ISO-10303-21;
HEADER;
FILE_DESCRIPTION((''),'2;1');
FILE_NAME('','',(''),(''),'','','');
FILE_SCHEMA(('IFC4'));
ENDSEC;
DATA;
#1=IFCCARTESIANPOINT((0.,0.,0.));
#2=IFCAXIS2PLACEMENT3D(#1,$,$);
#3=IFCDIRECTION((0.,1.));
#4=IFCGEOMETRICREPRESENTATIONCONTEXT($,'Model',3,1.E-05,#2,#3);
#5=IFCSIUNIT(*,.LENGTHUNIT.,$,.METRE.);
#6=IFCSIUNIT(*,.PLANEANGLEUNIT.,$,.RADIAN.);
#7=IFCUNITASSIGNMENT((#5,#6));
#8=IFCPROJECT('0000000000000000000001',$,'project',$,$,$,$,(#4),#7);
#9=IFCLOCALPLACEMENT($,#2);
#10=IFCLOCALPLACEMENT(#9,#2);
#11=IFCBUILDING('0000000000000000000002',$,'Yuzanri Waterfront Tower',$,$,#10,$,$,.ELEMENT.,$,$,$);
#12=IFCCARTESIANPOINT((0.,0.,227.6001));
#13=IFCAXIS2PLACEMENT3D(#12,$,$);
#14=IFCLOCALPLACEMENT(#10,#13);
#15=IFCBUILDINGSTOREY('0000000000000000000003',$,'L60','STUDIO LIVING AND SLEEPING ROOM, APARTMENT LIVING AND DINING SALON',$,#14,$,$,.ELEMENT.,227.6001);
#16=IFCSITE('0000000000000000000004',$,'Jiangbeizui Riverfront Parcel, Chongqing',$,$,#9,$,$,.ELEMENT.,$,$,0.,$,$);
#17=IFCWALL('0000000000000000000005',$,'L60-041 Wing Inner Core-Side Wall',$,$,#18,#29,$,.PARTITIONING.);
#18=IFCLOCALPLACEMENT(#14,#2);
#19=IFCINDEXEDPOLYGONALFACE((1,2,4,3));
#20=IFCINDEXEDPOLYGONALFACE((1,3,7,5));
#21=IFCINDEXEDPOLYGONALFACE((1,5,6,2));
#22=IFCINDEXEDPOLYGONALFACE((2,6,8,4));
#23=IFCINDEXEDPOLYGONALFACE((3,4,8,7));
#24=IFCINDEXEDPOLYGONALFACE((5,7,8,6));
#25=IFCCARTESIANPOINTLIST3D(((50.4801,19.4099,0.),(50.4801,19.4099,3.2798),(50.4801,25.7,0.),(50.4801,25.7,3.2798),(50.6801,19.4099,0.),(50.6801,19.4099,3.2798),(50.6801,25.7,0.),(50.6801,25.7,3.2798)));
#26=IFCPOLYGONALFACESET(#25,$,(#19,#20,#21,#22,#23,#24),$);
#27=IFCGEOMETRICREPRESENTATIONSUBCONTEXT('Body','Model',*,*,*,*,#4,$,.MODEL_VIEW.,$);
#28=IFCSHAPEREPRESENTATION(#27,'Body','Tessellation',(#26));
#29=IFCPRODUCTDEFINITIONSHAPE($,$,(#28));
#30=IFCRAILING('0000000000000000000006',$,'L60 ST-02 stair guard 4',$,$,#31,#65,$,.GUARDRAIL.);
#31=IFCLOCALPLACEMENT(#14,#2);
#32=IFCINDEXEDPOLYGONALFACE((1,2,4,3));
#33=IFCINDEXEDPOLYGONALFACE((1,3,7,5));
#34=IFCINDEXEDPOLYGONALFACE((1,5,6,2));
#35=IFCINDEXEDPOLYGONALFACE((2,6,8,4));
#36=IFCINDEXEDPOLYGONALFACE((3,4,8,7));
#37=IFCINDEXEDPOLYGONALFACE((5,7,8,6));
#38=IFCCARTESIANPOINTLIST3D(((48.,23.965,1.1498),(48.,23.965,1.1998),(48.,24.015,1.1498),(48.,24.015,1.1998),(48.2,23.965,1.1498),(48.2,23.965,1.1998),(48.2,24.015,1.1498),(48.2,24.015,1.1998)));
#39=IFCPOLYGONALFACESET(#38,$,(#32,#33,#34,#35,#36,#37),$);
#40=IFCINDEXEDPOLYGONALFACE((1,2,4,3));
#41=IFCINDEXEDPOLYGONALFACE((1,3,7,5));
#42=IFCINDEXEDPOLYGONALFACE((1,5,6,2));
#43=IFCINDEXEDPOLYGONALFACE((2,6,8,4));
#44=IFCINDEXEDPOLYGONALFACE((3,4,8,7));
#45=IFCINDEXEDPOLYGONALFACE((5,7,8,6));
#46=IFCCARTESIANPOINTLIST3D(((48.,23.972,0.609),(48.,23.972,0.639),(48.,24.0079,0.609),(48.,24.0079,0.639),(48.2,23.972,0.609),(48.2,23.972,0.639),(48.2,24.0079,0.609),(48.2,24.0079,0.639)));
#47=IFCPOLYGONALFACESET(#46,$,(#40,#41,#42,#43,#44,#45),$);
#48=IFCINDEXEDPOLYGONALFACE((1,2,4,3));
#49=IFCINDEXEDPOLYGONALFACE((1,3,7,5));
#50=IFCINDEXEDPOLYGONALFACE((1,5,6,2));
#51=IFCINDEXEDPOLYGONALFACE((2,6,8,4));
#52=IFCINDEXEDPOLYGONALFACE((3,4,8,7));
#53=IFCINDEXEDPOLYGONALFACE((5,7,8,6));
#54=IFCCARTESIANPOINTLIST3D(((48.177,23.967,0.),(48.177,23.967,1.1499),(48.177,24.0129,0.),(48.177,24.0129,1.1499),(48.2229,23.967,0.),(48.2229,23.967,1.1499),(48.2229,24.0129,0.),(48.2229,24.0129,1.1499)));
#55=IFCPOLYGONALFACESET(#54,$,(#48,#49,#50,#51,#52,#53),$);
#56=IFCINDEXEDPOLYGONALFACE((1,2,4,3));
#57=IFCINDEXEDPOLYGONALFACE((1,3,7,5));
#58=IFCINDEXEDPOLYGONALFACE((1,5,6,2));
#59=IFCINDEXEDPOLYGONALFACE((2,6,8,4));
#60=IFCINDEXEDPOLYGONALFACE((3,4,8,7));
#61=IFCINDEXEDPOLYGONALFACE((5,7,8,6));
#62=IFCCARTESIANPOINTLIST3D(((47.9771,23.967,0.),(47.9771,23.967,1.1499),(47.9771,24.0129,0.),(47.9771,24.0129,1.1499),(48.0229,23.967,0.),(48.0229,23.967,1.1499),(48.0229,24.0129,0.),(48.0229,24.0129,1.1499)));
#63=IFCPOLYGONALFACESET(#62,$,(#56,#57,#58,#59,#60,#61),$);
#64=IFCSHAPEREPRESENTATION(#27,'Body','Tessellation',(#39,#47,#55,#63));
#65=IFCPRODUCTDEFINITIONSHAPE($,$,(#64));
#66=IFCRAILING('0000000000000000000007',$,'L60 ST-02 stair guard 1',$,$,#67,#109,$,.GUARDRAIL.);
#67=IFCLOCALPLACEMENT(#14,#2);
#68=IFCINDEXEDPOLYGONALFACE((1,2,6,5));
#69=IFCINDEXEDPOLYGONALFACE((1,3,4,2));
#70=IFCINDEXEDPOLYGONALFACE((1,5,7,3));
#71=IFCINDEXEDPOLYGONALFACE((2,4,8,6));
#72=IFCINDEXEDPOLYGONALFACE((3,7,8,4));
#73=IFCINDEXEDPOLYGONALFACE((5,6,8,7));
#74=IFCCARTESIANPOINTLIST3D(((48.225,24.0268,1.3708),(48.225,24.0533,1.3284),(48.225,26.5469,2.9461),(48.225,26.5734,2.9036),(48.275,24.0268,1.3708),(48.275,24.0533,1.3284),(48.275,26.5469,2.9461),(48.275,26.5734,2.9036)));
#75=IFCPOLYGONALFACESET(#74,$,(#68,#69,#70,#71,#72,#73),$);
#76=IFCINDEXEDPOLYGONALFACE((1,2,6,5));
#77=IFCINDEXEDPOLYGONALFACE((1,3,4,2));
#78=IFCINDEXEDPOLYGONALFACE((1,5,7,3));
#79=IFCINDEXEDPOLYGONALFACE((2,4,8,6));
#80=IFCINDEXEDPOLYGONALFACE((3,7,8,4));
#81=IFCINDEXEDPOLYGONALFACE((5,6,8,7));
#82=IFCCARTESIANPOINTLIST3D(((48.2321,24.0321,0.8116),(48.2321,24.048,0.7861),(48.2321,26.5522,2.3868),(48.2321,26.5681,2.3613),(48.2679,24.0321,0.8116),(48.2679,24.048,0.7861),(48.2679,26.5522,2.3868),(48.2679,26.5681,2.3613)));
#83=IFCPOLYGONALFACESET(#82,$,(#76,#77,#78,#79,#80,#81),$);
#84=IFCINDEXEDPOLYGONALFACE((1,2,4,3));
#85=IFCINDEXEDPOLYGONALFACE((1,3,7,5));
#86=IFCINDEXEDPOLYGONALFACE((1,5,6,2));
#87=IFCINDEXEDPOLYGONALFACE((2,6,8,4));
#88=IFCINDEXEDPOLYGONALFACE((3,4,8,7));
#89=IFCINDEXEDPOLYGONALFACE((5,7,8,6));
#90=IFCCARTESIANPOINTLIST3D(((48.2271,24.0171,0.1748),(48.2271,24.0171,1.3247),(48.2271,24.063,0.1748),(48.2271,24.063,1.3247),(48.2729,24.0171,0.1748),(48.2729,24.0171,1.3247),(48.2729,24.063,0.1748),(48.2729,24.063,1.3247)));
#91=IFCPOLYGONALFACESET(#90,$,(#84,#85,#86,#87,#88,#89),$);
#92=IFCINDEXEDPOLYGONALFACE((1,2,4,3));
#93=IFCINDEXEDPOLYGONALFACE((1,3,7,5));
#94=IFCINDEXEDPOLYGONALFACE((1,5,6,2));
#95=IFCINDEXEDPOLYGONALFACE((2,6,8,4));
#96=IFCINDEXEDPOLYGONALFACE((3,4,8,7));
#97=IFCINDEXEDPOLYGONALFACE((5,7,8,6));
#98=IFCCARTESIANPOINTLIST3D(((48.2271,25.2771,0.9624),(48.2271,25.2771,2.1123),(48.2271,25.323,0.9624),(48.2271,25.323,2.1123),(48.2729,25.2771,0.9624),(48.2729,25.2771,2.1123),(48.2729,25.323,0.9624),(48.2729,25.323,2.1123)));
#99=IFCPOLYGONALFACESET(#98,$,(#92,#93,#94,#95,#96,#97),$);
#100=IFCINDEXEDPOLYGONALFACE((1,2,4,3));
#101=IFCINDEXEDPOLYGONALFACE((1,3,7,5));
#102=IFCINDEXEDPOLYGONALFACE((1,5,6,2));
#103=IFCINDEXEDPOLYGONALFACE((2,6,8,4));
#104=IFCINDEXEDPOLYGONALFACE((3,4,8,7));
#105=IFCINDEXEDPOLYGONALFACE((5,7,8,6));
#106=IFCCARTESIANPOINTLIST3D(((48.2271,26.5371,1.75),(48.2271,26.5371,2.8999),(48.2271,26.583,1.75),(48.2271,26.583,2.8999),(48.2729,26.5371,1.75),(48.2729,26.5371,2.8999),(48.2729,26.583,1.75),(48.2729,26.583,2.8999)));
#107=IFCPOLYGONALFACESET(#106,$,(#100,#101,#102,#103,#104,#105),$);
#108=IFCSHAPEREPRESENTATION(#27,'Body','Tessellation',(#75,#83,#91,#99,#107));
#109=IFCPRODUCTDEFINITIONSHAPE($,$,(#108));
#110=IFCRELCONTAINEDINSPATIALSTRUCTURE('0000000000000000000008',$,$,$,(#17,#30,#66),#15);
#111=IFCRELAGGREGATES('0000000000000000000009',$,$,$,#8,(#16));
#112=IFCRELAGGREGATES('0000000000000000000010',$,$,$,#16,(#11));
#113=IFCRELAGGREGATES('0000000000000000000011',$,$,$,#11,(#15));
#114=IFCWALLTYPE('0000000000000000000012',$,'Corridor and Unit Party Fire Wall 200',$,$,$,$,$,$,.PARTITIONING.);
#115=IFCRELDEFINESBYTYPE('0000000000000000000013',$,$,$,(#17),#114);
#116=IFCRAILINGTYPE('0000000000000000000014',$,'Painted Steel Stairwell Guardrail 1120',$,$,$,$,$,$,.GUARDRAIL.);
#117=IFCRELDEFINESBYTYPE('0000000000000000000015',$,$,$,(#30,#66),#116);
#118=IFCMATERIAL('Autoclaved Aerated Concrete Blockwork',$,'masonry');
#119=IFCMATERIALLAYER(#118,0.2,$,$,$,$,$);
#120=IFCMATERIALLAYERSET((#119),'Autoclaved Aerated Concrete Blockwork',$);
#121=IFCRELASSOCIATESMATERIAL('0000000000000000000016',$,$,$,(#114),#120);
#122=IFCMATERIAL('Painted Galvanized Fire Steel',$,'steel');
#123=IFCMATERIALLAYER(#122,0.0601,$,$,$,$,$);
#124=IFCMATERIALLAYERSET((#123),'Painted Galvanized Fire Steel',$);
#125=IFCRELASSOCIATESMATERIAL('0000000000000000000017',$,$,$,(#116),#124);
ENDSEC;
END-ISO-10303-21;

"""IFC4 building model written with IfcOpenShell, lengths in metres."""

from ifc_helpers import new_model, si_unit, direction, frame, frame_2d, origin, origin_2d, place, context, subcontext, project, spatial, rectangle, extrude, source, transform, mapped, material, layer, layer_set, type_object, element, save


model = new_model("IFC4")

# Units and contexts
model_context = context("Model", 3, precision=1e-05, world=origin(), true_north=direction((0.0, 1.0)))
body_context = subcontext(model_context, "Body", "Model", "MODEL_VIEW")
ifc_project = project(units=[si_unit("LENGTHUNIT", "METRE"), si_unit("PLANEANGLEUNIT", "RADIAN")], contexts=[model_context])

# Site, building, storey
site_placement = place(None, origin())
site = spatial("IfcSite", under=ifc_project, at=site_placement, Name="Jiangbeizui Riverfront Parcel, Chongqing", CompositionType="ELEMENT", RefElevation=0.0)
building_placement = place(site_placement, origin())
building = spatial("IfcBuilding", under=site, at=building_placement, Name="Yuzanri Waterfront Tower", CompositionType="ELEMENT")
storey_placement = place(building_placement, frame((0.0, 0.0, 227.6001)))
storey = spatial("IfcBuildingStorey", under=building, at=storey_placement, Name="L60", Description="STUDIO LIVING AND SLEEPING ROOM, APARTMENT LIVING AND DINING SALON", CompositionType="ELEMENT", Elevation=227.6001)

# Shared definitions
ifc_material_1 = material(Name="Autoclaved Aerated Concrete Blockwork", Category="masonry")
ifc_layer_1 = layer(ifc_material_1, 0.2)
ifc_layer_set_1 = layer_set([ifc_layer_1], Name="Autoclaved Aerated Concrete Blockwork")
wall_type_1 = type_object("IfcWallType", Name="Corridor and Unit Party Fire Wall 200", PredefinedType="PARTITIONING", material=ifc_layer_set_1)

# Wall
shared_shape_1 = source(origin(), body_context, "Body", "SweptSolid", [
    extrude(rectangle(XDim=6.29, YDim=0.2, at=frame_2d((3.145, 0.0))), origin(), (0.0, 0.0, 1.0), 3.2798),
])
wall_1_placement = place(storey_placement, frame((50.5801, 19.4099, 0.0), z_axis=(0.0, 0.0, 1.0), x_axis=(0.0, 1.0, 0.0)))
element("IfcWall", 1, at=wall_1_placement, inside=storey, type_object=wall_type_1, Name="L60-041 Wing Inner Core-Side Wall", PredefinedType="PARTITIONING", context=body_context, shape_type="MappedRepresentation", body=[
    mapped(shared_shape_1, transform((0.0, 0.0, 0.0), scale=1.0)),
])

# Railings
ifc_material_2 = material(Name="Painted Galvanized Fire Steel", Category="steel")
ifc_layer_2 = layer(ifc_material_2, 0.0601)
ifc_layer_set_2 = layer_set([ifc_layer_2], Name="Painted Galvanized Fire Steel")
railing_type = type_object("IfcRailingType", Name="Painted Steel Stairwell Guardrail 1120", PredefinedType="GUARDRAIL", material=ifc_layer_set_2)
shared_shape_2 = source(origin(), body_context, "Body", "SweptSolid", [
    extrude(rectangle(XDim=0.05, YDim=0.05, at=origin_2d()), frame((0.0, 0.0, 1.1748), z_axis=(-1.0, 0.0, 0.0), x_axis=(0.0, -1.0, 0.0)), (0.0, 0.0, 1.0), 0.2),
    extrude(rectangle(XDim=0.0359, YDim=0.03, at=origin_2d()), frame((0.0, 0.0, 0.624), z_axis=(-1.0, 0.0, 0.0), x_axis=(0.0, -1.0, 0.0)), (0.0, 0.0, 1.0), 0.2),
    extrude(rectangle(XDim=0.0459, YDim=0.0459, at=origin_2d()), origin(), (0.0, 0.0, 1.0), 1.1499),
    extrude(rectangle(XDim=0.0459, YDim=0.0459, at=origin_2d()), frame((-0.2, 0.0, 0.0)), (0.0, 0.0, 1.0), 1.1499),
])
railing_1_placement = place(storey_placement, frame((48.2, 23.99, 0.0)))
element("IfcRailing", 2, at=railing_1_placement, inside=storey, type_object=railing_type, Name="L60 ST-02 stair guard 4", PredefinedType="GUARDRAIL", context=body_context, shape_type="MappedRepresentation", body=[
    mapped(shared_shape_2, transform((0.0, 0.0, 0.0), scale=1.0)),
])
shared_shape_3 = source(origin(), body_context, "Body", "SweptSolid", [
    extrude(rectangle(XDim=0.05, YDim=0.05, at=origin_2d()), frame((0.0, 0.0, 1.1748), z_axis=(0.0, 0.847971, 0.530043), x_axis=(-1.0, 0.0, 0.0)), (0.0, 0.0, 1.0), 2.9719),
    extrude(rectangle(XDim=0.0359, YDim=0.03, at=origin_2d()), frame((0.0, 0.0, 0.624), z_axis=(0.0, 0.847971, 0.530043), x_axis=(-1.0, 0.0, 0.0)), (0.0, 0.0, 1.0), 2.9719),
    extrude(rectangle(XDim=0.0459, YDim=0.0459, at=origin_2d()), origin(), (0.0, 0.0, 1.0), 1.1499),
    extrude(rectangle(XDim=0.0459, YDim=0.0459, at=origin_2d()), frame((0.0, 1.26, 0.7876)), (0.0, 0.0, 1.0), 1.1499),
    extrude(rectangle(XDim=0.0459, YDim=0.0459, at=origin_2d()), frame((0.0, 2.52, 1.5752)), (0.0, 0.0, 1.0), 1.1499),
])
railing_2_placement = place(storey_placement, frame((48.25, 24.04, 0.1748)))
element("IfcRailing", 3, at=railing_2_placement, inside=storey, type_object=railing_type, Name="L60 ST-02 stair guard 1", PredefinedType="GUARDRAIL", context=body_context, shape_type="MappedRepresentation", body=[
    mapped(shared_shape_3, transform((0.0, 0.0, 0.0), scale=1.0)),
])

save(model, "model.ifc")
